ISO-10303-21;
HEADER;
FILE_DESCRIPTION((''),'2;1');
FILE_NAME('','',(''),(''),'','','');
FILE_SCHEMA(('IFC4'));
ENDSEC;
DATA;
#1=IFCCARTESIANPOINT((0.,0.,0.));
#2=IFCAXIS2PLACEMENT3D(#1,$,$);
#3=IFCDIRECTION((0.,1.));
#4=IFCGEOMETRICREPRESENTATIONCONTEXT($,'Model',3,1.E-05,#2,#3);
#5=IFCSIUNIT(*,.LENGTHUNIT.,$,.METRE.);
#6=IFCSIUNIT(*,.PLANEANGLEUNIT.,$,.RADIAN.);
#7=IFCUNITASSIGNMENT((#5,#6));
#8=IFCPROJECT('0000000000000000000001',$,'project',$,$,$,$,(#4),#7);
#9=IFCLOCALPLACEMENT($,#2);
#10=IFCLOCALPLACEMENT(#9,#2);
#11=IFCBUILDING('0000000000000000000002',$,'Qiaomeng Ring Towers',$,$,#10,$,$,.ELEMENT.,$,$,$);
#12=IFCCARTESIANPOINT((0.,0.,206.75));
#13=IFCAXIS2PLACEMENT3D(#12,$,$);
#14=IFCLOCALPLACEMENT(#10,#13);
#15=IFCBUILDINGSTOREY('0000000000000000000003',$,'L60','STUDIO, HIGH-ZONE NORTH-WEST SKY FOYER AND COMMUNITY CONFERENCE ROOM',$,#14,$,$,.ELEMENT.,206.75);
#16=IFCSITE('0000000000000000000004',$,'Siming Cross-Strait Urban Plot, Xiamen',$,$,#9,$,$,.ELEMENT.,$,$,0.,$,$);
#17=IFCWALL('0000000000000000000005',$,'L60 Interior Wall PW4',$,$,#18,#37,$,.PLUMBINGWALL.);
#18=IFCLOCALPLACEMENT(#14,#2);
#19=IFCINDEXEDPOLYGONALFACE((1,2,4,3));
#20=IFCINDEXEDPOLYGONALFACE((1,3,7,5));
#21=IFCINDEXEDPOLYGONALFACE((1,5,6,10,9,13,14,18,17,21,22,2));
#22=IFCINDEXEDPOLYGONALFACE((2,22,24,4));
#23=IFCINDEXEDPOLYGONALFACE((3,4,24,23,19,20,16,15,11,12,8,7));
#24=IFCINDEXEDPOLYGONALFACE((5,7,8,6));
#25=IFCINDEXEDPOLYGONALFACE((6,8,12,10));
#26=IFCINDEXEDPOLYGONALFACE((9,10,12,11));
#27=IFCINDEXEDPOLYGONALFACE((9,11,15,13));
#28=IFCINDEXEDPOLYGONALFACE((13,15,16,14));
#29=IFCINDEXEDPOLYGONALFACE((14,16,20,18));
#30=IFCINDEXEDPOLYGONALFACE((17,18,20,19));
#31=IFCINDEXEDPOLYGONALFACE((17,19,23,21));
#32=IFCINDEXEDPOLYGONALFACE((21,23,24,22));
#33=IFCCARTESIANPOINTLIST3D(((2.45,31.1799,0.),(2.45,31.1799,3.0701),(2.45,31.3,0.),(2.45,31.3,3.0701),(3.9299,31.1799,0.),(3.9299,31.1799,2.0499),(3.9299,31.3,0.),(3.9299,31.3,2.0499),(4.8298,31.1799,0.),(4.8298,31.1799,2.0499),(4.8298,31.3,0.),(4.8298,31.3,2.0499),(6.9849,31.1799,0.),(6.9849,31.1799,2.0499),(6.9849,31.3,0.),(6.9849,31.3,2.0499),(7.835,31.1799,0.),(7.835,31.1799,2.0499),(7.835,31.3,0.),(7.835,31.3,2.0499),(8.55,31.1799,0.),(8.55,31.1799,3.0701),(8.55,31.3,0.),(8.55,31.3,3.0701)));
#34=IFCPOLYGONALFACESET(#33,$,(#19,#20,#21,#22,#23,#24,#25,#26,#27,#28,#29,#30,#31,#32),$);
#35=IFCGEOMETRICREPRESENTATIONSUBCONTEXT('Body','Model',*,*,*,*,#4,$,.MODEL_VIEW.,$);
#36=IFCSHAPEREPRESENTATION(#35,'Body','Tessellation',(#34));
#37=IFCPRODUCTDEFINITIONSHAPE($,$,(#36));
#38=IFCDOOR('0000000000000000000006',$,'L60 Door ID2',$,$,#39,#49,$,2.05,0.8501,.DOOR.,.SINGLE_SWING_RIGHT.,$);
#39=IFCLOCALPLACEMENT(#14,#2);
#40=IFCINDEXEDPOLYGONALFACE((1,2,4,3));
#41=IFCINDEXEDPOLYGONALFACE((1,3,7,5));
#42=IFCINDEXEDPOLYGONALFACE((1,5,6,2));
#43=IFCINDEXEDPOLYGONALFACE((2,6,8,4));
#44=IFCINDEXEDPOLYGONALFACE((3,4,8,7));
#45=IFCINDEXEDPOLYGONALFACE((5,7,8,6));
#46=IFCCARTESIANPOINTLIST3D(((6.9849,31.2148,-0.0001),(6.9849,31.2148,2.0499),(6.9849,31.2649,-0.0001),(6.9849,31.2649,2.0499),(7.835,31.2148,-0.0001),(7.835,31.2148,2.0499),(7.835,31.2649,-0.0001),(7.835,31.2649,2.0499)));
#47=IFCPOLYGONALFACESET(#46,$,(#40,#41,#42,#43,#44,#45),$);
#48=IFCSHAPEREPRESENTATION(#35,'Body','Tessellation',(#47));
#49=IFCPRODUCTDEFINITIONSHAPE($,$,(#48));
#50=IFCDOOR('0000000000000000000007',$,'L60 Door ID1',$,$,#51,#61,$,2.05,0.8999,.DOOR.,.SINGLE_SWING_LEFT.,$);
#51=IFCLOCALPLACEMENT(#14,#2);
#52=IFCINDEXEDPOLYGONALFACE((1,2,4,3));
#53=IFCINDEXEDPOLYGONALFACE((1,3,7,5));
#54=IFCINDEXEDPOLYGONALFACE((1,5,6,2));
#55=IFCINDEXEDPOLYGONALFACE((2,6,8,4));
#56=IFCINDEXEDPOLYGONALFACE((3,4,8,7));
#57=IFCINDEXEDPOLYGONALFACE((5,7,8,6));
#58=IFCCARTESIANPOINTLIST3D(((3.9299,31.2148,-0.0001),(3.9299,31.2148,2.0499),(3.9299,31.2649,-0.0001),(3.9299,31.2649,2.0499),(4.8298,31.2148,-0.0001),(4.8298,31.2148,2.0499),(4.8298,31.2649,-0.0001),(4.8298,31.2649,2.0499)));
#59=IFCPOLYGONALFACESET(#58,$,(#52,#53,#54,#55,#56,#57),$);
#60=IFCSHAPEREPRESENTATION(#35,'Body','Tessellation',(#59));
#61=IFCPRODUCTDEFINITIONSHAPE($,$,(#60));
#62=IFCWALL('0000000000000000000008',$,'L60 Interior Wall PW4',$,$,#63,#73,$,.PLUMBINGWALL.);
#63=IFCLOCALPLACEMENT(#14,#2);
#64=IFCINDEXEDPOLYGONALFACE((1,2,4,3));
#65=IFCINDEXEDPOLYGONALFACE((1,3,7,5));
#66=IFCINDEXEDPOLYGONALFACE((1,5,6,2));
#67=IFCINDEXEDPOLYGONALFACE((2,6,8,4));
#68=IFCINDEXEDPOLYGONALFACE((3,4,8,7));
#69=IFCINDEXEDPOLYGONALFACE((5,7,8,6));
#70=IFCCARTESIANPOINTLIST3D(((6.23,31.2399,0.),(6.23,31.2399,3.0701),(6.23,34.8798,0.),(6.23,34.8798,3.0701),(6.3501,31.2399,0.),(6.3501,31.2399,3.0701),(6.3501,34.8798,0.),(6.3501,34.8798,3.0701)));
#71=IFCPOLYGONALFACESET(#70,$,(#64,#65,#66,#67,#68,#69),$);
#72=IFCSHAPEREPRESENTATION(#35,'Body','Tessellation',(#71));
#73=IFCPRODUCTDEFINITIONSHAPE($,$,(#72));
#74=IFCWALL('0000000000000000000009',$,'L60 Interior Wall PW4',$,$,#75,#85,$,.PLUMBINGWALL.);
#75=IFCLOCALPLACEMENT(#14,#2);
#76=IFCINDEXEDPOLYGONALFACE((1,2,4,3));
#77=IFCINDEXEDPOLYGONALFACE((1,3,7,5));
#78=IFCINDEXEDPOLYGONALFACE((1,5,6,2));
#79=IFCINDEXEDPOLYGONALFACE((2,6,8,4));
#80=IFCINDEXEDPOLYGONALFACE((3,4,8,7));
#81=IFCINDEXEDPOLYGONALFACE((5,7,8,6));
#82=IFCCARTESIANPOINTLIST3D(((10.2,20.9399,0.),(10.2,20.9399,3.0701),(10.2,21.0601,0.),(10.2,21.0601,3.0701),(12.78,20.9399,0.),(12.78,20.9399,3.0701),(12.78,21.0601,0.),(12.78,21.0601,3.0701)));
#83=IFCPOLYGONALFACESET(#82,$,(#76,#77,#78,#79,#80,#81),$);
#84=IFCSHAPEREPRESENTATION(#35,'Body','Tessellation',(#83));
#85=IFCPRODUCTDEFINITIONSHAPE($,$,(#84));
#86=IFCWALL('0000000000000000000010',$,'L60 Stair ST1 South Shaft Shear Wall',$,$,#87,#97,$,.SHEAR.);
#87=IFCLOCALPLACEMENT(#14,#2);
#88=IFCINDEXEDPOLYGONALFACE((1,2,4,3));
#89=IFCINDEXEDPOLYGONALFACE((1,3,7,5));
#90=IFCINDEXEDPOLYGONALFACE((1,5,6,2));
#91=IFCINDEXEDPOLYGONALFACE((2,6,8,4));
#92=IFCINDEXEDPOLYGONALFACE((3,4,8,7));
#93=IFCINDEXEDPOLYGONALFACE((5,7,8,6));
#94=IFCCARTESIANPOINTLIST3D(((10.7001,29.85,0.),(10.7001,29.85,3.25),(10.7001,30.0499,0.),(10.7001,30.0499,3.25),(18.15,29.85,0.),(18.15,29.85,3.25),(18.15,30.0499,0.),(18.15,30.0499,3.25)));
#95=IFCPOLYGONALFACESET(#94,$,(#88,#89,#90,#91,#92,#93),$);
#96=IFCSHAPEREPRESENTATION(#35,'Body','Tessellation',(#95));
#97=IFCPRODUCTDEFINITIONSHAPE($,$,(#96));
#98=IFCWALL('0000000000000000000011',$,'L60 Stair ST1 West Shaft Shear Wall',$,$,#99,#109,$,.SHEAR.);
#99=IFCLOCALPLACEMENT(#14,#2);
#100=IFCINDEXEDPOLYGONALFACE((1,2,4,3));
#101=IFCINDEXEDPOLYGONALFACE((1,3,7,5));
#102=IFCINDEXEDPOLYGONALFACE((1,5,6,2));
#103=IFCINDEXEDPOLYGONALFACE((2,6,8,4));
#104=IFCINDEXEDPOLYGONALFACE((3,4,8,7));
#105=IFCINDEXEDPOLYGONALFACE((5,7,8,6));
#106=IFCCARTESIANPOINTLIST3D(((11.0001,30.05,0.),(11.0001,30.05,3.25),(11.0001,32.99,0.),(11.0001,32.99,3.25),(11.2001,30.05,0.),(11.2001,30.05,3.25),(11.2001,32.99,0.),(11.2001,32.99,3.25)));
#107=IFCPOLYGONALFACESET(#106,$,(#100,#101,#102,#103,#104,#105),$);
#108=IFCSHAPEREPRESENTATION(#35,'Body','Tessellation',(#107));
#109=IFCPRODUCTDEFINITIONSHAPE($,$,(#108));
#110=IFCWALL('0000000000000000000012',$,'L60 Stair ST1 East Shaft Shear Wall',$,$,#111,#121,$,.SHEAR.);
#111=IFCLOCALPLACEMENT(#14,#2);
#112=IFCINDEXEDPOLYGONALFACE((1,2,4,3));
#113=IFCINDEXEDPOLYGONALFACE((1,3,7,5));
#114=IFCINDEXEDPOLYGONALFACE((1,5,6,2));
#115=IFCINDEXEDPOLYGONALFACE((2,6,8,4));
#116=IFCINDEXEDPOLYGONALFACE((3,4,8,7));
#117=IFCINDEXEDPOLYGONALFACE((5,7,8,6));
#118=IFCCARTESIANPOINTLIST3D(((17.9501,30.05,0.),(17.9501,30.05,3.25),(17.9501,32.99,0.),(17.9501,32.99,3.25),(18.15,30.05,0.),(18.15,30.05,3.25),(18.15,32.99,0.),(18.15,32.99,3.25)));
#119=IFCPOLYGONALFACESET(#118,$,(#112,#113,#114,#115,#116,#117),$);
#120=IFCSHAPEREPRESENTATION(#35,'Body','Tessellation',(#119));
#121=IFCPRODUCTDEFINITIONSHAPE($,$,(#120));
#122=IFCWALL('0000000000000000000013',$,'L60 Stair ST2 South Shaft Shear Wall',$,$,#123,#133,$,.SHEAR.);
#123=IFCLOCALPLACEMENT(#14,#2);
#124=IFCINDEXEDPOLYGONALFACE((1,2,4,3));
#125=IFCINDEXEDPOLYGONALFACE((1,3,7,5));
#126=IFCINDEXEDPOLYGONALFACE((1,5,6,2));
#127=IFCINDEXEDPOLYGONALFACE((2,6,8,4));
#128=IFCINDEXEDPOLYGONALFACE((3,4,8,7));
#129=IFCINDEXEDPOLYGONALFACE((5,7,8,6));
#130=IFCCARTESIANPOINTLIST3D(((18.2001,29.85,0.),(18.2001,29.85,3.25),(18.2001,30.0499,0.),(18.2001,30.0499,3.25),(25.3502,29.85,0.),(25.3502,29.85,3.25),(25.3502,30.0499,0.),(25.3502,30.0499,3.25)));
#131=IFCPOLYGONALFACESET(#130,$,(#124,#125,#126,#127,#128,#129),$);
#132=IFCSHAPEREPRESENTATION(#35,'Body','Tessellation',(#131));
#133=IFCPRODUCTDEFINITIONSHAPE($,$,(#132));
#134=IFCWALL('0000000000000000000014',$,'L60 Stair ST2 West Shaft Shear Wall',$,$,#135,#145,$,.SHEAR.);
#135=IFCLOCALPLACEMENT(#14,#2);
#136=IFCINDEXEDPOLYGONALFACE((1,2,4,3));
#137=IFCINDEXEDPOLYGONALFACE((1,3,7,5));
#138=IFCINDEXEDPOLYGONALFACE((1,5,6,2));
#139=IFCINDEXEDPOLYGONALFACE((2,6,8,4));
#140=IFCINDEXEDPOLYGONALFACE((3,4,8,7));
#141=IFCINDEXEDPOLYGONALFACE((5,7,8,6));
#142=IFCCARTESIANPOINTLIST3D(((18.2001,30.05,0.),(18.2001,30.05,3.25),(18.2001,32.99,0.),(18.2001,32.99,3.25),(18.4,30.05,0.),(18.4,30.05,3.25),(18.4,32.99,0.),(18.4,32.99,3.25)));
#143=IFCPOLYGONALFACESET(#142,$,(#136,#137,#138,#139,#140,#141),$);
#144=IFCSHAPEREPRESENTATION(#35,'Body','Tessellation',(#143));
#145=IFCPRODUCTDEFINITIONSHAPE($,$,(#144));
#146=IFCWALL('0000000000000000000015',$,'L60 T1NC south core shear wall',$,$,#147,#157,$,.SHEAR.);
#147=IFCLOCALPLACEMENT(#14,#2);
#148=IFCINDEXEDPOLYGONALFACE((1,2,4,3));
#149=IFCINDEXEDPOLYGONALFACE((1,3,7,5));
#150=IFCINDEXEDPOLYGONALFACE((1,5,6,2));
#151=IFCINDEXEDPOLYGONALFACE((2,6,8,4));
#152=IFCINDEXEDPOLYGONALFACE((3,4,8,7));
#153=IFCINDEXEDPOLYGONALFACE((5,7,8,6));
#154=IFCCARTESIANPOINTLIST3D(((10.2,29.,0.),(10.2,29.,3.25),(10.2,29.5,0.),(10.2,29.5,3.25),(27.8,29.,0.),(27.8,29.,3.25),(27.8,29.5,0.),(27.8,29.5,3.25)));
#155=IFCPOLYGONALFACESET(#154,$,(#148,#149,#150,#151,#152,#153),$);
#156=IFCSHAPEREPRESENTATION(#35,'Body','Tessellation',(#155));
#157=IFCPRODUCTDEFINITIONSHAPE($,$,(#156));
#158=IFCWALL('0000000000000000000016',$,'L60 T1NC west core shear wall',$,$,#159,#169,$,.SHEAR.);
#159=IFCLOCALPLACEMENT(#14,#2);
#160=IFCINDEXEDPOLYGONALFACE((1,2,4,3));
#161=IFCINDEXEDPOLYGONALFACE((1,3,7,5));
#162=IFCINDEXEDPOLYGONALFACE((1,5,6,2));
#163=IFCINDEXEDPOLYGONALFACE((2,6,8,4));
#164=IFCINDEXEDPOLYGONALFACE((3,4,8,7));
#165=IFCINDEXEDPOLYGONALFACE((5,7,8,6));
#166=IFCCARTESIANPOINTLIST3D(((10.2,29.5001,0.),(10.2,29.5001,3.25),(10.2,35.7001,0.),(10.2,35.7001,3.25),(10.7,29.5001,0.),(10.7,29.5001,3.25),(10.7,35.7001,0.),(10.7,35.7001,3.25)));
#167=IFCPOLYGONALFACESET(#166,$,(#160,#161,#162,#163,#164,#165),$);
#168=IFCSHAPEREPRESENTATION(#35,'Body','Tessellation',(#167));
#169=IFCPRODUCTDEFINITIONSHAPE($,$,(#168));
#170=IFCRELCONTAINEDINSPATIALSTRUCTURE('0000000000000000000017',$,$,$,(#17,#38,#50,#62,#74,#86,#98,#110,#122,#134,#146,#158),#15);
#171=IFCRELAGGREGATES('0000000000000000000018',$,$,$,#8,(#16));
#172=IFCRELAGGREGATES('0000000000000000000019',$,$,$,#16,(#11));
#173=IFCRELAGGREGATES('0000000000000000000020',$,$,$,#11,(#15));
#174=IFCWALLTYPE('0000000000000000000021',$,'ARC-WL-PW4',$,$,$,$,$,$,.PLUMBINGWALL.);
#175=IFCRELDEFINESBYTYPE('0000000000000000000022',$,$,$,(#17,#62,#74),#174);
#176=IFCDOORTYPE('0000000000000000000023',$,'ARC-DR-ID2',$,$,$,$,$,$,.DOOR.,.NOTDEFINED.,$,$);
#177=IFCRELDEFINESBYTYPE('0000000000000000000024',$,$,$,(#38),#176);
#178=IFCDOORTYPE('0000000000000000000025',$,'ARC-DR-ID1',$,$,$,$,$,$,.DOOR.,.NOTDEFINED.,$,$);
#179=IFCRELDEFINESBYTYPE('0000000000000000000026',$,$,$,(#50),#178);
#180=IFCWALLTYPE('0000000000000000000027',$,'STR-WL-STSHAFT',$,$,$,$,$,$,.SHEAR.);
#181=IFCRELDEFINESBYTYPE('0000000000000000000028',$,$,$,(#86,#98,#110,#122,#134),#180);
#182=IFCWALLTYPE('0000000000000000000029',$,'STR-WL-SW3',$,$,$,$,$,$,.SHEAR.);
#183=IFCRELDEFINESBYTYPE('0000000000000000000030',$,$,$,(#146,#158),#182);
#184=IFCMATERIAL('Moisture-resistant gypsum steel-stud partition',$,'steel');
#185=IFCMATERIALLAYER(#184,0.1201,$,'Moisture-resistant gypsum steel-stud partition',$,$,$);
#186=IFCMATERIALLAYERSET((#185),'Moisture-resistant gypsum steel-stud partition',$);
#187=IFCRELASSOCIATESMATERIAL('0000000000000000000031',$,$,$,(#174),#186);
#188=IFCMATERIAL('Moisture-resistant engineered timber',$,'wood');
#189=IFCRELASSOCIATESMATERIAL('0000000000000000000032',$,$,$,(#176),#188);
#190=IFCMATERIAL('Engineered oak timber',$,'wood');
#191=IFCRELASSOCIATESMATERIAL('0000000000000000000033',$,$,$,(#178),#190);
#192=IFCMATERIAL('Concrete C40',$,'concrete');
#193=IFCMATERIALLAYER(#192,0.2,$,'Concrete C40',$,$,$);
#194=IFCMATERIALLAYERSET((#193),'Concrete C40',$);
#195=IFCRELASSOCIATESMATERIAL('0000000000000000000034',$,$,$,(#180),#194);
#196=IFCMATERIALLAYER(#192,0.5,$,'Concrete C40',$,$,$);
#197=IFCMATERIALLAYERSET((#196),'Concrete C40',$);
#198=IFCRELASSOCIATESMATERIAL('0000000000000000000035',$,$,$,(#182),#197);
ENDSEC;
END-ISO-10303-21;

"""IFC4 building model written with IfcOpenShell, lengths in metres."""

from ifc_helpers import new_model, si_unit, direction, frame, frame_2d, origin, place, context, subcontext, project, spatial, rectangle, extrude, source, transform, mapped, material, layer, layer_set, type_object, element, fill, save


model = new_model("IFC4")

# Units and contexts
model_context = context("Model", 3, precision=1e-05, world=origin(), true_north=direction((0.0, 1.0)))
body_context = subcontext(model_context, "Body", "Model", "MODEL_VIEW")
ifc_project = project(units=[si_unit("LENGTHUNIT", "METRE"), si_unit("PLANEANGLEUNIT", "RADIAN")], contexts=[model_context])

# Site, building, storey
site_placement = place(None, origin())
site = spatial("IfcSite", under=ifc_project, at=site_placement, Name="Siming Cross-Strait Urban Plot, Xiamen", CompositionType="ELEMENT", RefElevation=0.0)
building_placement = place(site_placement, origin())
building = spatial("IfcBuilding", under=site, at=building_placement, Name="Qiaomeng Ring Towers", CompositionType="ELEMENT")
storey_placement = place(building_placement, frame((0.0, 0.0, 206.75)))
storey = spatial("IfcBuildingStorey", under=building, at=storey_placement, Name="L60", Description="STUDIO, HIGH-ZONE NORTH-WEST SKY FOYER AND COMMUNITY CONFERENCE ROOM", CompositionType="ELEMENT", Elevation=206.75)

# Shared definitions
ifc_material_1 = material(Name="Concrete C40", Category="concrete")

# Wall, openings, doors
ifc_material_2 = material(Name="Moisture-resistant gypsum steel-stud partition", Category="steel")
ifc_layer_1 = layer(ifc_material_2, 0.1201, Name="Moisture-resistant gypsum steel-stud partition")
ifc_layer_set_1 = layer_set([ifc_layer_1], Name="Moisture-resistant gypsum steel-stud partition")
wall_type_1 = type_object("IfcWallType", Name="ARC-WL-PW4", PredefinedType="PLUMBINGWALL", material=ifc_layer_set_1)
wall_1_placement = place(storey_placement, frame((2.45, 31.24, 0.0), z_axis=(0.0, 0.0, 1.0), x_axis=(1.0, 0.0, 0.0)))
wall_1 = element("IfcWall", 1, at=wall_1_placement, inside=storey, type_object=wall_type_1, Name="L60 Interior Wall PW4", PredefinedType="PLUMBINGWALL", context=body_context, shape_type="SweptSolid", body=[
    extrude(rectangle(XDim=6.1001, YDim=0.1201, at=frame_2d((3.05, 0.0))), origin(), (0.0, 0.0, 1.0), 3.0701),
])
opening_1_placement = place(wall_1_placement, frame((1.48, 0.0, 0.0)))
opening_1 = element("IfcOpeningElement", 2, at=opening_1_placement, cuts=wall_1, PredefinedType="OPENING", context=body_context, shape_type="SweptSolid", body=[
    extrude(rectangle(XDim=0.8999, YDim=2.05, at=frame_2d((0.45, 1.0249))), frame((0.0, 0.0701, 0.0), z_axis=(0.0, -1.0, 0.0), x_axis=(1.0, 0.0, 0.0)), (0.0, 0.0, 1.0), 0.1401),
])
opening_2_placement = place(wall_1_placement, frame((4.5349, 0.0, 0.0)))
opening_2 = element("IfcOpeningElement", 3, at=opening_2_placement, cuts=wall_1, PredefinedType="OPENING", context=body_context, shape_type="SweptSolid", body=[
    extrude(rectangle(XDim=0.8501, YDim=2.05, at=frame_2d((0.425, 1.0249))), frame((0.0, 0.0701, 0.0), z_axis=(0.0, -1.0, 0.0), x_axis=(1.0, 0.0, 0.0)), (0.0, 0.0, 1.0), 0.1401),
])
ifc_material_3 = material(Name="Moisture-resistant engineered timber", Category="wood")
door_type_1 = type_object("IfcDoorType", Name="ARC-DR-ID2", OperationType="NOTDEFINED", PredefinedType="DOOR", material=ifc_material_3)
shared_shape_1 = source(origin(), body_context, "Body", "SweptSolid", [
    extrude(rectangle(XDim=0.8501, YDim=2.05, at=frame_2d((0.425, 1.0249))), frame((0.0, 0.0249, 0.0), z_axis=(0.0, -1.0, 0.0), x_axis=(1.0, 0.0, 0.0)), (0.0, 0.0, 1.0), 0.05),
])
door_1_placement = place(opening_2_placement, origin())
door_1 = element("IfcDoor", 4, at=door_1_placement, inside=storey, type_object=door_type_1, Name="L60 Door ID2", OperationType="SINGLE_SWING_RIGHT", OverallHeight=2.05, OverallWidth=0.8501, PredefinedType="DOOR", context=body_context, shape_type="MappedRepresentation", body=[
    mapped(shared_shape_1, transform((0.0, 0.0, 0.0), x_axis=(1.0, 0.0, 0.0), y_axis=(0.0, 1.0, 0.0), z_axis=(0.0, 0.0, 1.0), scale=1.0)),
])
fill(opening_2, door_1)
ifc_material_4 = material(Name="Engineered oak timber", Category="wood")
door_type_2 = type_object("IfcDoorType", Name="ARC-DR-ID1", OperationType="NOTDEFINED", PredefinedType="DOOR", material=ifc_material_4)
shared_shape_2 = source(origin(), body_context, "Body", "SweptSolid", [
    extrude(rectangle(XDim=0.8999, YDim=2.05, at=frame_2d((0.45, 1.0249))), frame((0.0, 0.0249, 0.0), z_axis=(0.0, -1.0, 0.0), x_axis=(1.0, 0.0, 0.0)), (0.0, 0.0, 1.0), 0.05),
])
door_2_placement = place(opening_1_placement, origin())
door_2 = element("IfcDoor", 5, at=door_2_placement, inside=storey, type_object=door_type_2, Name="L60 Door ID1", OperationType="SINGLE_SWING_LEFT", OverallHeight=2.05, OverallWidth=0.8999, PredefinedType="DOOR", context=body_context, shape_type="MappedRepresentation", body=[
    mapped(shared_shape_2, transform((0.0, 0.0, 0.0), x_axis=(1.0, 0.0, 0.0), y_axis=(0.0, 1.0, 0.0), z_axis=(0.0, 0.0, 1.0), scale=1.0)),
])
fill(opening_1, door_2)

# Walls
wall_2_placement = place(storey_placement, frame((6.29, 31.24, 0.0), z_axis=(0.0, 0.0, 1.0), x_axis=(0.0, 1.0, 0.0)))
element("IfcWall", 6, at=wall_2_placement, inside=storey, type_object=wall_type_1, Name="L60 Interior Wall PW4", PredefinedType="PLUMBINGWALL", context=body_context, shape_type="SweptSolid", body=[
    extrude(rectangle(XDim=3.6399, YDim=0.1201, at=frame_2d((1.8198, 0.0))), origin(), (0.0, 0.0, 1.0), 3.0701),
])
wall_3_placement = place(storey_placement, frame((10.2, 21.0, 0.0), z_axis=(0.0, 0.0, 1.0), x_axis=(1.0, 0.0, 0.0)))
element("IfcWall", 7, at=wall_3_placement, inside=storey, type_object=wall_type_1, Name="L60 Interior Wall PW4", PredefinedType="PLUMBINGWALL", context=body_context, shape_type="SweptSolid", body=[
    extrude(rectangle(XDim=2.5801, YDim=0.1201, at=frame_2d((1.29, 0.0))), origin(), (0.0, 0.0, 1.0), 3.0701),
])
ifc_layer_2 = layer(ifc_material_1, 0.2, Name="Concrete C40")
ifc_layer_set_2 = layer_set([ifc_layer_2], Name="Concrete C40")
wall_type_2 = type_object("IfcWallType", Name="STR-WL-STSHAFT", PredefinedType="SHEAR", material=ifc_layer_set_2)
wall_4_placement = place(storey_placement, frame((10.7, 29.95, 0.0), z_axis=(0.0, 0.0, 1.0), x_axis=(1.0, 0.0, 0.0)))
element("IfcWall", 8, at=wall_4_placement, inside=storey, type_object=wall_type_2, Name="L60 Stair ST1 South Shaft Shear Wall", PredefinedType="SHEAR", context=body_context, shape_type="SweptSolid", body=[
    extrude(rectangle(XDim=7.45, YDim=0.2, at=frame_2d((3.7251, 0.0))), origin(), (0.0, 0.0, 1.0), 3.25),
])
for number, where, z_axis, x_axis, name in (
    (9, (11.1001, 30.05, 0.0), (0.0, 0.0, 1.0), (0.0, 1.0, 0.0), "L60 Stair ST1 West Shaft Shear Wall"),
    (10, (18.05, 30.05, 0.0), (0.0, 0.0, 1.0), (0.0, 1.0, 0.0), "L60 Stair ST1 East Shaft Shear Wall"),
):
    element("IfcWall", number, at=place(storey_placement, frame(where, z_axis=z_axis, x_axis=x_axis)), inside=storey, type_object=wall_type_2, Name=name, PredefinedType="SHEAR", context=body_context, shape_type="SweptSolid", body=[
        extrude(rectangle(XDim=2.9399, YDim=0.2, at=frame_2d((1.47, 0.0))), origin(), (0.0, 0.0, 1.0), 3.25),
    ])
wall_5_placement = place(storey_placement, frame((18.2, 29.95, 0.0), z_axis=(0.0, 0.0, 1.0), x_axis=(1.0, 0.0, 0.0)))
element("IfcWall", 11, at=wall_5_placement, inside=storey, type_object=wall_type_2, Name="L60 Stair ST2 South Shaft Shear Wall", PredefinedType="SHEAR", context=body_context, shape_type="SweptSolid", body=[
    extrude(rectangle(XDim=7.1501, YDim=0.2, at=frame_2d((3.5752, 0.0))), origin(), (0.0, 0.0, 1.0), 3.25),
])
wall_6_placement = place(storey_placement, frame((18.3, 30.05, 0.0), z_axis=(0.0, 0.0, 1.0), x_axis=(0.0, 1.0, 0.0)))
element("IfcWall", 12, at=wall_6_placement, inside=storey, type_object=wall_type_2, Name="L60 Stair ST2 West Shaft Shear Wall", PredefinedType="SHEAR", context=body_context, shape_type="SweptSolid", body=[
    extrude(rectangle(XDim=2.9399, YDim=0.2, at=frame_2d((1.47, 0.0))), origin(), (0.0, 0.0, 1.0), 3.25),
])
ifc_layer_3 = layer(ifc_material_1, 0.5, Name="Concrete C40")
ifc_layer_set_3 = layer_set([ifc_layer_3], Name="Concrete C40")
wall_type_3 = type_object("IfcWallType", Name="STR-WL-SW3", PredefinedType="SHEAR", material=ifc_layer_set_3)
wall_7_placement = place(storey_placement, frame((10.2, 29.25, 0.0), z_axis=(0.0, 0.0, 1.0), x_axis=(1.0, 0.0, 0.0)))
element("IfcWall", 13, at=wall_7_placement, inside=storey, type_object=wall_type_3, Name="L60 T1NC south core shear wall", PredefinedType="SHEAR", context=body_context, shape_type="SweptSolid", body=[
    extrude(rectangle(XDim=17.6001, YDim=0.5, at=frame_2d((8.8, 0.0))), origin(), (0.0, 0.0, 1.0), 3.25),
])
wall_8_placement = place(storey_placement, frame((10.45, 29.5, 0.0), z_axis=(0.0, 0.0, 1.0), x_axis=(0.0, 1.0, 0.0)))
element("IfcWall", 14, at=wall_8_placement, inside=storey, type_object=wall_type_3, Name="L60 T1NC west core shear wall", PredefinedType="SHEAR", context=body_context, shape_type="SweptSolid", body=[
    extrude(rectangle(XDim=6.2, YDim=0.5, at=frame_2d((3.1001, 0.0))), origin(), (0.0, 0.0, 1.0), 3.25),
])

save(model, "model.ifc")
